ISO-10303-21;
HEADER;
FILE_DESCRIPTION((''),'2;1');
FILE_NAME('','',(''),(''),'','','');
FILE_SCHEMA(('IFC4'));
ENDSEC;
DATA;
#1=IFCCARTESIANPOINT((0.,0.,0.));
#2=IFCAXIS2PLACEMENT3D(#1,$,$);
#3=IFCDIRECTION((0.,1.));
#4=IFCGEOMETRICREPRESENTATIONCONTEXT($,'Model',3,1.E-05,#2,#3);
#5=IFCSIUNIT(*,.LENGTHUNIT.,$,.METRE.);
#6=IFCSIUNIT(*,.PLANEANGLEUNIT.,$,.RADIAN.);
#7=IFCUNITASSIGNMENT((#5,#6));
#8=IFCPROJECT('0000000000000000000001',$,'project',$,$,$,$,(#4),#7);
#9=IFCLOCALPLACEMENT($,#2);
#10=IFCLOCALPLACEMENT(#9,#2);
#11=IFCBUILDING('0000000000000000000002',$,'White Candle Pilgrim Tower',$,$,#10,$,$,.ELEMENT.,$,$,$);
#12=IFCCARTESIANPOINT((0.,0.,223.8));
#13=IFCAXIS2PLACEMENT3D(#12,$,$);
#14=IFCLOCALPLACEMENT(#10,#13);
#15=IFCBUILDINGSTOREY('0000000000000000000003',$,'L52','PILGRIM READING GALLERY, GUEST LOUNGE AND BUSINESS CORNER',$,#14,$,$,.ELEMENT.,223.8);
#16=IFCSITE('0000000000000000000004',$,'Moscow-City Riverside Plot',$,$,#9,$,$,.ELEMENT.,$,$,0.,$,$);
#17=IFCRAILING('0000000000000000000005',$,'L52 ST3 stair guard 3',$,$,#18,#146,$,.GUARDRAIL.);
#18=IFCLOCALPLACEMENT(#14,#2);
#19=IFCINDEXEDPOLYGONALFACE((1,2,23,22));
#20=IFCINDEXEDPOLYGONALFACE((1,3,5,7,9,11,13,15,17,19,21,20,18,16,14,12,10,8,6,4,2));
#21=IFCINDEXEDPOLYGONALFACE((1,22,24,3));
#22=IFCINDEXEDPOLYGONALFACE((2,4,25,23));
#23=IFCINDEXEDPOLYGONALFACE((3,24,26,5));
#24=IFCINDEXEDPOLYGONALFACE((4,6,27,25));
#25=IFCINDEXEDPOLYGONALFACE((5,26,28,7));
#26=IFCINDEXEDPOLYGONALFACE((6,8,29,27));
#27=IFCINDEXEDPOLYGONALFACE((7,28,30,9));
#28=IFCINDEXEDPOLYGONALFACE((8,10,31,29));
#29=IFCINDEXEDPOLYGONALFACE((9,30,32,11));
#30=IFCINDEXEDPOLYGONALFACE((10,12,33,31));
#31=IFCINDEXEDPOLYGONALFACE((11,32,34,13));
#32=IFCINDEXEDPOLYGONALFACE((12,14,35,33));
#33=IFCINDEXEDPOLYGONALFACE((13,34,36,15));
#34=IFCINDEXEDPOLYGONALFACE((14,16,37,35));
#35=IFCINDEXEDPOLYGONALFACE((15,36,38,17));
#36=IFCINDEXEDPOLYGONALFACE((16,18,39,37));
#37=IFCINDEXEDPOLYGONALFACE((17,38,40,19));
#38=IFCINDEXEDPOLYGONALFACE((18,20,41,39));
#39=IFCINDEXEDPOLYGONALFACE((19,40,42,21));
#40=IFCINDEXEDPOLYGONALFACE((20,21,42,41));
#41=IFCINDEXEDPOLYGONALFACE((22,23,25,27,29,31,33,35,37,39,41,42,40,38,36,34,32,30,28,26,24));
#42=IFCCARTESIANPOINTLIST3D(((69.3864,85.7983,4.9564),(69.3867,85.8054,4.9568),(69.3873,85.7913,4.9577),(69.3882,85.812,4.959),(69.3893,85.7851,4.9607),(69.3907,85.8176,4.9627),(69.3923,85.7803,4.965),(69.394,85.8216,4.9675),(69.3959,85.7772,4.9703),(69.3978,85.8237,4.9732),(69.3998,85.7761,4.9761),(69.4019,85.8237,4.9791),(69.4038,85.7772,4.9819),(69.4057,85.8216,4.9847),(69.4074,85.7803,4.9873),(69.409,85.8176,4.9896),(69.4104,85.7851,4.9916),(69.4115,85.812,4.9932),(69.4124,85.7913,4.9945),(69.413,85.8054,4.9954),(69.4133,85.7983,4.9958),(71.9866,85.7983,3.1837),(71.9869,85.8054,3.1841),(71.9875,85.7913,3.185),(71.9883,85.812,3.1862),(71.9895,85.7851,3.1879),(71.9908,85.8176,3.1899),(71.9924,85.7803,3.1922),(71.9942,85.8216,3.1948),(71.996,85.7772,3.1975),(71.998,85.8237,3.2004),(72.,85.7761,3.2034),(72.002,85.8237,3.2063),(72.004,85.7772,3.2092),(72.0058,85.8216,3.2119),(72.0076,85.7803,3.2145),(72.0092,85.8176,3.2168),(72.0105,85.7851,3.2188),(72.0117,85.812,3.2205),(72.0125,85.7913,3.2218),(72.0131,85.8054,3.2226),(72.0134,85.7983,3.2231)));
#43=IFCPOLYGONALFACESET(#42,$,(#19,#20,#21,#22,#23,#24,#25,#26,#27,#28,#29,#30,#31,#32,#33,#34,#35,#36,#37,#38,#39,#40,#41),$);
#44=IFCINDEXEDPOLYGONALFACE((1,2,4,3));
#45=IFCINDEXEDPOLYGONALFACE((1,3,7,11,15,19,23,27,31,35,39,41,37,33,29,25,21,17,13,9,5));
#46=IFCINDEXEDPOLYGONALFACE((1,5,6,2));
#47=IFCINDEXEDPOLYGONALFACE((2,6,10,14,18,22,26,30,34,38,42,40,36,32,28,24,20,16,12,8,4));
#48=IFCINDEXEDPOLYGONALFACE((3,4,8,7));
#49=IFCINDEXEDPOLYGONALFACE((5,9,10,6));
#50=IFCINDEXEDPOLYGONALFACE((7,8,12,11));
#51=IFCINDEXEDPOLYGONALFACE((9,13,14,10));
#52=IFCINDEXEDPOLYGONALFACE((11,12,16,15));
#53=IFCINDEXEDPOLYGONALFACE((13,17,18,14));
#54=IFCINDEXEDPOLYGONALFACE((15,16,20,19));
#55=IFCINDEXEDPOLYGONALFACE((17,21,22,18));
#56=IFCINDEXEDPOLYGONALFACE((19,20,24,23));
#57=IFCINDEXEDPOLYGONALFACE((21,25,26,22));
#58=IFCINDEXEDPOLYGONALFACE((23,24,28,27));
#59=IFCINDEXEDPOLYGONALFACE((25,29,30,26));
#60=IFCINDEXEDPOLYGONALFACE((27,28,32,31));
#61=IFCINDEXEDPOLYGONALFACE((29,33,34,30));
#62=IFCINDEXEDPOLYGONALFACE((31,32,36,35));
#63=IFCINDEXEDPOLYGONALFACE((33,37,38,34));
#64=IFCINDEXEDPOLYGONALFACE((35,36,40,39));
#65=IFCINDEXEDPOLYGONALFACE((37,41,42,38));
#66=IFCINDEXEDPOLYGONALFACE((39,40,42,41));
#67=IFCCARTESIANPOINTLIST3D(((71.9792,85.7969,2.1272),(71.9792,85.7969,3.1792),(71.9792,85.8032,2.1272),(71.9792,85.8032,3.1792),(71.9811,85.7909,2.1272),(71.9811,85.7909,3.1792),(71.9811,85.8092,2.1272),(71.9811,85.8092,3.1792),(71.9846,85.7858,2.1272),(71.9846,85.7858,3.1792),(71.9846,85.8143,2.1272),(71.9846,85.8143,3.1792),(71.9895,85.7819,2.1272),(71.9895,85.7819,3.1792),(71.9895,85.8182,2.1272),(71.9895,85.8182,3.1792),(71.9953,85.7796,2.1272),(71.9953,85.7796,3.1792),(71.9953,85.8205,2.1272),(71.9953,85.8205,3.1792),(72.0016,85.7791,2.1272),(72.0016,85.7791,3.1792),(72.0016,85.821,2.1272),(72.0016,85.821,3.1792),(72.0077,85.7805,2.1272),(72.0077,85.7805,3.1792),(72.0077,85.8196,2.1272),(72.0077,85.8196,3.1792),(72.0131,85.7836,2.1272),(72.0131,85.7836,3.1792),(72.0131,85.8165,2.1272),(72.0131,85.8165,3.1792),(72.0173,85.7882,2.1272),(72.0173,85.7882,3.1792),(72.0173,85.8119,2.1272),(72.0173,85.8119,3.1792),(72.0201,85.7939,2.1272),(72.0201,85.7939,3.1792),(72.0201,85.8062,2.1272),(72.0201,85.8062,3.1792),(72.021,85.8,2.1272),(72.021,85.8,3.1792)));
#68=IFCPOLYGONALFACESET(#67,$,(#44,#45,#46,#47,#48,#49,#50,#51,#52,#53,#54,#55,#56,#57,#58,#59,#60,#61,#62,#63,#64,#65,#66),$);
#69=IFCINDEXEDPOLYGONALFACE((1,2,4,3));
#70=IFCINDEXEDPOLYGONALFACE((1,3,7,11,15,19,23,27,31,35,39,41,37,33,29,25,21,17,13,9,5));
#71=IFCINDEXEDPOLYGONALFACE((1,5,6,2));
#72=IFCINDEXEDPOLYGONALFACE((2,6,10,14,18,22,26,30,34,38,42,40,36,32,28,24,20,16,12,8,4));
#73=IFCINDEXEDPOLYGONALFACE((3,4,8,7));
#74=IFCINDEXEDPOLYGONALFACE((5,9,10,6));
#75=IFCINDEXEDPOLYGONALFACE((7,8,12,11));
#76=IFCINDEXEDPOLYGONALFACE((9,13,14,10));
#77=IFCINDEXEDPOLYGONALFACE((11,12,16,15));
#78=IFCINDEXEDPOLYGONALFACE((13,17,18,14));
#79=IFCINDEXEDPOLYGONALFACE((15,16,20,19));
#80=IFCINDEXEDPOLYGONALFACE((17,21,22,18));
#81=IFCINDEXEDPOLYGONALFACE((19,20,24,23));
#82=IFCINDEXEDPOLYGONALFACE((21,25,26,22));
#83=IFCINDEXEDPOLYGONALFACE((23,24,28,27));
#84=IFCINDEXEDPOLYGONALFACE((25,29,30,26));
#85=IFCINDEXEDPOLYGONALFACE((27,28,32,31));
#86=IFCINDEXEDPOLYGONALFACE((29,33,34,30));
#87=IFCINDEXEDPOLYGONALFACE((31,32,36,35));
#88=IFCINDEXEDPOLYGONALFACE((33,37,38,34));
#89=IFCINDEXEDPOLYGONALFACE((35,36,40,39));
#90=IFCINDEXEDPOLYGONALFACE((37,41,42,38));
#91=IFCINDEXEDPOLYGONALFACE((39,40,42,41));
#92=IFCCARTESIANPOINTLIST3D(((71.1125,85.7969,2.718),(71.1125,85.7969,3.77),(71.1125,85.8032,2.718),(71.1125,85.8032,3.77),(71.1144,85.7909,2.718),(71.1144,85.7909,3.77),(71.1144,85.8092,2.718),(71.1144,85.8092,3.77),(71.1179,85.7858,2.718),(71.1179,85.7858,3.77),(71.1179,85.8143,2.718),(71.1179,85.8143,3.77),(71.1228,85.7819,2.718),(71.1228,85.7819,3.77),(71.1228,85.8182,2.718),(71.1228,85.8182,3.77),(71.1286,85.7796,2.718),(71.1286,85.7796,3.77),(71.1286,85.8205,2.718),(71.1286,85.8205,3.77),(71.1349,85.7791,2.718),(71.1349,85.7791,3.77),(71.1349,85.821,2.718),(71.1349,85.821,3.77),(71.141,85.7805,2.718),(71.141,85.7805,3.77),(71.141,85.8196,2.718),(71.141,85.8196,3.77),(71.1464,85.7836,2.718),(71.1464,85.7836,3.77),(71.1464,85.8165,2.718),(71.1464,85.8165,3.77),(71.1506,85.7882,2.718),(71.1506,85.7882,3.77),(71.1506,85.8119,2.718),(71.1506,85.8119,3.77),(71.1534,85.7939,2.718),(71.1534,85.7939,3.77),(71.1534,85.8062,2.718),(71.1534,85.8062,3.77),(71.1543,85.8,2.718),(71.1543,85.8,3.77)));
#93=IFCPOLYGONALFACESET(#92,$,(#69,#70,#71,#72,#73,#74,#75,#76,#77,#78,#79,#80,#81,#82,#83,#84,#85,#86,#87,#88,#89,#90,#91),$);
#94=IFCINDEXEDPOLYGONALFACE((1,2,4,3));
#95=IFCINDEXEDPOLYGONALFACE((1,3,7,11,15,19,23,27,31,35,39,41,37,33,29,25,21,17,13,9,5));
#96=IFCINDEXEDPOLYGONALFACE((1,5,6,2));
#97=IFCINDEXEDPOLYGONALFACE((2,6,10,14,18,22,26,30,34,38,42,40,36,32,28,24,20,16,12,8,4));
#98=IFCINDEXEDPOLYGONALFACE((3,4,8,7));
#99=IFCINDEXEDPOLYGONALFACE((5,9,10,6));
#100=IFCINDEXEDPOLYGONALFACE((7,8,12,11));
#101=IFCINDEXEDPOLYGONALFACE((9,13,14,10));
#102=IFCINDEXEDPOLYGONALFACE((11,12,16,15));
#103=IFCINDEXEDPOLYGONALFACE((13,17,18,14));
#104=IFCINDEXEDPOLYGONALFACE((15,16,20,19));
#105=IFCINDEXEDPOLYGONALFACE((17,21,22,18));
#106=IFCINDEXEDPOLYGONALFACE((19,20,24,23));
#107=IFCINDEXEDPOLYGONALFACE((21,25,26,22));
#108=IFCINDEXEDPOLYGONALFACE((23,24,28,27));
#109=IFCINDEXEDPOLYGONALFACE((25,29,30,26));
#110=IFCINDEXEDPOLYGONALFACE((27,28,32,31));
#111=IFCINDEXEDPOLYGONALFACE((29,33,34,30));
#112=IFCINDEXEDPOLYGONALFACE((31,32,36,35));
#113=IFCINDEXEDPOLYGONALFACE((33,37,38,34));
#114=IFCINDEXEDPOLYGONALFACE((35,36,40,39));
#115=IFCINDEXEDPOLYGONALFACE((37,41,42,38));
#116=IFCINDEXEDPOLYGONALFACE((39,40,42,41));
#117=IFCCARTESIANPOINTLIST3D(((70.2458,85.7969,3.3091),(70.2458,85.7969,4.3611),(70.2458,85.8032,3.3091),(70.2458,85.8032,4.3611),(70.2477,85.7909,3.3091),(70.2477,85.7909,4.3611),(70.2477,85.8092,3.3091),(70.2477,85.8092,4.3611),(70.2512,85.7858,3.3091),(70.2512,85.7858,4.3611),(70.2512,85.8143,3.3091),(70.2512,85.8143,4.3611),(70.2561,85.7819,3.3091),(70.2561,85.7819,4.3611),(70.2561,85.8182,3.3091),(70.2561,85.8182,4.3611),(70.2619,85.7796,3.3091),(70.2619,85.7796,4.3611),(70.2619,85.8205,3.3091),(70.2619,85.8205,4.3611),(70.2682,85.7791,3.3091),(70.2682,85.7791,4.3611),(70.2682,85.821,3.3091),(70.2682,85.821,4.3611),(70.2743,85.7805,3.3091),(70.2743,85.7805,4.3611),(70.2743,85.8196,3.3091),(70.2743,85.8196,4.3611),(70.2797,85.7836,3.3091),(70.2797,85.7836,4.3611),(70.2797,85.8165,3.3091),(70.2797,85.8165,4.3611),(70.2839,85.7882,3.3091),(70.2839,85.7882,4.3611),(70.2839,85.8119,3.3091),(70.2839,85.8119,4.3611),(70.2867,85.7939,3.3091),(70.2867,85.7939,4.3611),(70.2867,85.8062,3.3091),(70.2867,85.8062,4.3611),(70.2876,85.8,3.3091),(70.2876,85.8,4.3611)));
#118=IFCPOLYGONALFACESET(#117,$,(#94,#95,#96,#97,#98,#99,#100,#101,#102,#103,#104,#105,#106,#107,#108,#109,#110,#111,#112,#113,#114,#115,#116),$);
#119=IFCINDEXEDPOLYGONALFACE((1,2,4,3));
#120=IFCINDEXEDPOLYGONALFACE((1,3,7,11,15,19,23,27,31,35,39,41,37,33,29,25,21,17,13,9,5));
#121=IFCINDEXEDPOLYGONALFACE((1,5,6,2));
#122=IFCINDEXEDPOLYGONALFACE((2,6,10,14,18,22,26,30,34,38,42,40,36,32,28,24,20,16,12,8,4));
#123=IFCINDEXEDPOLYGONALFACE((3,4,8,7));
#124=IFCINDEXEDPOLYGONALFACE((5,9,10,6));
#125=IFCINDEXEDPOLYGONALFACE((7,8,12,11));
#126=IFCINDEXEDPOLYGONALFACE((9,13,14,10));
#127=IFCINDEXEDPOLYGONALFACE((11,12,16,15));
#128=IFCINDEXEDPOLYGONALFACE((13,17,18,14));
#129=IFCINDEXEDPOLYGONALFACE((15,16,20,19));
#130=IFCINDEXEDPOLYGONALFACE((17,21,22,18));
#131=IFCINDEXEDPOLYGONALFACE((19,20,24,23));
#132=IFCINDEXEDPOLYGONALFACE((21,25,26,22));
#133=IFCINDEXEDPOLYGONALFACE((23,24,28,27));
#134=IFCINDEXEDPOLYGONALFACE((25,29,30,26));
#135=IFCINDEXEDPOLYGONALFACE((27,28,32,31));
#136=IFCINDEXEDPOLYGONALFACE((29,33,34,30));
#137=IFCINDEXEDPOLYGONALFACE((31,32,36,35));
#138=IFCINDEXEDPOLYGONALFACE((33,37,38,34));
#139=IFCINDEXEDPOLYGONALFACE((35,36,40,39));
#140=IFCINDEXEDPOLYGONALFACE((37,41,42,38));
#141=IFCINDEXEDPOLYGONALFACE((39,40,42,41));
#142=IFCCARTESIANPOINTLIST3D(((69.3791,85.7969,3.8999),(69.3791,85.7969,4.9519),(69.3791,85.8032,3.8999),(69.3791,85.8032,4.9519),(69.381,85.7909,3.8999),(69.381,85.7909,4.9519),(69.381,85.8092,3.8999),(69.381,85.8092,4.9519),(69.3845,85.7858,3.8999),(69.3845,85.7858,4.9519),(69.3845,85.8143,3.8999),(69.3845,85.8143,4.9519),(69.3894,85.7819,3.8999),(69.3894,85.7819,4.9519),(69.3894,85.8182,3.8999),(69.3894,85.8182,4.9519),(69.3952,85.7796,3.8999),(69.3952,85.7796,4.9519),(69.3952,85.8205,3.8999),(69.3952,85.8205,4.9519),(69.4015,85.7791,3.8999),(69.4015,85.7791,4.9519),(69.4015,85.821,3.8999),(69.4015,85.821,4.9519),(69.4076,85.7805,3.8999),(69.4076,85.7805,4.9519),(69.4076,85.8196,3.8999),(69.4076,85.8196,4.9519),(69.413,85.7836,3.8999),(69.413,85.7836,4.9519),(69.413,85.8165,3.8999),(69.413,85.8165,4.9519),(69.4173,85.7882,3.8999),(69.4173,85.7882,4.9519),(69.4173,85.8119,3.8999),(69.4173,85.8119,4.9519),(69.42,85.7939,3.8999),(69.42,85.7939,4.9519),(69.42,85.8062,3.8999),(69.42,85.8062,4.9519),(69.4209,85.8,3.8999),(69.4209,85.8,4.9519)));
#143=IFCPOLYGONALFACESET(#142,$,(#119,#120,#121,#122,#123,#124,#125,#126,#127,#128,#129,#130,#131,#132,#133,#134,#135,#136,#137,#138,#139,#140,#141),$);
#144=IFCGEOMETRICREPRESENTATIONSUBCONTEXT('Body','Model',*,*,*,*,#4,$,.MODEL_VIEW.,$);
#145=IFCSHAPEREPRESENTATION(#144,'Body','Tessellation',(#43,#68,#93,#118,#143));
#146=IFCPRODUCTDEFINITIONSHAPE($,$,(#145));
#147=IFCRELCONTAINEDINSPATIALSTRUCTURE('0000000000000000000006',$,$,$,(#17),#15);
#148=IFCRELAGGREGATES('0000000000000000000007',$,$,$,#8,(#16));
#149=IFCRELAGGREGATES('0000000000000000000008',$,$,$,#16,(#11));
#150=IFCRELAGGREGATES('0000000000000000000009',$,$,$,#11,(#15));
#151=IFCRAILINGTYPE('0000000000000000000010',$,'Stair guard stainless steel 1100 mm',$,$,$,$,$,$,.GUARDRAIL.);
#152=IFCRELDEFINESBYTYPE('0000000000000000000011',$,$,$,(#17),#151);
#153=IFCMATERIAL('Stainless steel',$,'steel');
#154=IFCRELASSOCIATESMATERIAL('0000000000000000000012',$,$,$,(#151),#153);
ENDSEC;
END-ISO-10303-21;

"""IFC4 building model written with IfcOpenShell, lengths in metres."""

from ifc_helpers import new_model, si_unit, direction, frame, origin, origin_2d, place, context, subcontext, project, spatial, circle, extrude, material, type_object, element, save


model = new_model("IFC4")

# Units and contexts
model_context = context("Model", 3, precision=1e-05, world=origin(), true_north=direction((0.0, 1.0)))
body_context = subcontext(model_context, "Body", "Model", "MODEL_VIEW")
ifc_project = project(units=[si_unit("LENGTHUNIT", "METRE"), si_unit("PLANEANGLEUNIT", "RADIAN")], contexts=[model_context])

# Site, building, storey
site_placement = place(None, origin())
site = spatial("IfcSite", under=ifc_project, at=site_placement, Name="Moscow-City Riverside Plot", CompositionType="ELEMENT", RefElevation=0.0)
building_placement = place(site_placement, origin())
building = spatial("IfcBuilding", under=site, at=building_placement, Name="White Candle Pilgrim Tower", CompositionType="ELEMENT")
storey_placement = place(building_placement, frame((0.0, 0.0, 223.8)))
storey = spatial("IfcBuildingStorey", under=building, at=storey_placement, Name="L52", Description="PILGRIM READING GALLERY, GUEST LOUNGE AND BUSINESS CORNER", CompositionType="ELEMENT", Elevation=223.8)

# Shared definitions
ifc_material_1 = material(Name="Stainless steel", Category="steel")

# Railing
railing_type_1 = type_object("IfcRailingType", Name="Stair guard stainless steel 1100 mm", PredefinedType="GUARDRAIL", material=ifc_material_1)
railing_1_placement = place(storey_placement, frame((72.0, 85.8, 2.1272)))
element("IfcRailing", 1, at=railing_1_placement, inside=storey, type_object=railing_type_1, Name="L52 ST3 stair guard 3", PredefinedType="GUARDRAIL", context=body_context, shape_type="SweptSolid", body=[
    extrude(circle(Radius=0.0239, at=origin_2d()), frame((0.0, 0.0, 1.0762), z_axis=(-0.82624, 0.0, 0.563318), x_axis=(0.0, -1.0, 0.0)), (0.0, 0.0, 1.0), 3.147),
    extrude(circle(Radius=0.021, at=origin_2d()), origin(), (0.0, 0.0, 1.0), 1.052),
    extrude(circle(Radius=0.021, at=origin_2d()), frame((-0.8667, 0.0, 0.5908)), (0.0, 0.0, 1.0), 1.052),
    extrude(circle(Radius=0.021, at=origin_2d()), frame((-1.7334, 0.0, 1.1819)), (0.0, 0.0, 1.0), 1.052),
    extrude(circle(Radius=0.021, at=origin_2d()), frame((-2.6001, 0.0, 1.7727)), (0.0, 0.0, 1.0), 1.052),
])

save(model, "model.ifc")
